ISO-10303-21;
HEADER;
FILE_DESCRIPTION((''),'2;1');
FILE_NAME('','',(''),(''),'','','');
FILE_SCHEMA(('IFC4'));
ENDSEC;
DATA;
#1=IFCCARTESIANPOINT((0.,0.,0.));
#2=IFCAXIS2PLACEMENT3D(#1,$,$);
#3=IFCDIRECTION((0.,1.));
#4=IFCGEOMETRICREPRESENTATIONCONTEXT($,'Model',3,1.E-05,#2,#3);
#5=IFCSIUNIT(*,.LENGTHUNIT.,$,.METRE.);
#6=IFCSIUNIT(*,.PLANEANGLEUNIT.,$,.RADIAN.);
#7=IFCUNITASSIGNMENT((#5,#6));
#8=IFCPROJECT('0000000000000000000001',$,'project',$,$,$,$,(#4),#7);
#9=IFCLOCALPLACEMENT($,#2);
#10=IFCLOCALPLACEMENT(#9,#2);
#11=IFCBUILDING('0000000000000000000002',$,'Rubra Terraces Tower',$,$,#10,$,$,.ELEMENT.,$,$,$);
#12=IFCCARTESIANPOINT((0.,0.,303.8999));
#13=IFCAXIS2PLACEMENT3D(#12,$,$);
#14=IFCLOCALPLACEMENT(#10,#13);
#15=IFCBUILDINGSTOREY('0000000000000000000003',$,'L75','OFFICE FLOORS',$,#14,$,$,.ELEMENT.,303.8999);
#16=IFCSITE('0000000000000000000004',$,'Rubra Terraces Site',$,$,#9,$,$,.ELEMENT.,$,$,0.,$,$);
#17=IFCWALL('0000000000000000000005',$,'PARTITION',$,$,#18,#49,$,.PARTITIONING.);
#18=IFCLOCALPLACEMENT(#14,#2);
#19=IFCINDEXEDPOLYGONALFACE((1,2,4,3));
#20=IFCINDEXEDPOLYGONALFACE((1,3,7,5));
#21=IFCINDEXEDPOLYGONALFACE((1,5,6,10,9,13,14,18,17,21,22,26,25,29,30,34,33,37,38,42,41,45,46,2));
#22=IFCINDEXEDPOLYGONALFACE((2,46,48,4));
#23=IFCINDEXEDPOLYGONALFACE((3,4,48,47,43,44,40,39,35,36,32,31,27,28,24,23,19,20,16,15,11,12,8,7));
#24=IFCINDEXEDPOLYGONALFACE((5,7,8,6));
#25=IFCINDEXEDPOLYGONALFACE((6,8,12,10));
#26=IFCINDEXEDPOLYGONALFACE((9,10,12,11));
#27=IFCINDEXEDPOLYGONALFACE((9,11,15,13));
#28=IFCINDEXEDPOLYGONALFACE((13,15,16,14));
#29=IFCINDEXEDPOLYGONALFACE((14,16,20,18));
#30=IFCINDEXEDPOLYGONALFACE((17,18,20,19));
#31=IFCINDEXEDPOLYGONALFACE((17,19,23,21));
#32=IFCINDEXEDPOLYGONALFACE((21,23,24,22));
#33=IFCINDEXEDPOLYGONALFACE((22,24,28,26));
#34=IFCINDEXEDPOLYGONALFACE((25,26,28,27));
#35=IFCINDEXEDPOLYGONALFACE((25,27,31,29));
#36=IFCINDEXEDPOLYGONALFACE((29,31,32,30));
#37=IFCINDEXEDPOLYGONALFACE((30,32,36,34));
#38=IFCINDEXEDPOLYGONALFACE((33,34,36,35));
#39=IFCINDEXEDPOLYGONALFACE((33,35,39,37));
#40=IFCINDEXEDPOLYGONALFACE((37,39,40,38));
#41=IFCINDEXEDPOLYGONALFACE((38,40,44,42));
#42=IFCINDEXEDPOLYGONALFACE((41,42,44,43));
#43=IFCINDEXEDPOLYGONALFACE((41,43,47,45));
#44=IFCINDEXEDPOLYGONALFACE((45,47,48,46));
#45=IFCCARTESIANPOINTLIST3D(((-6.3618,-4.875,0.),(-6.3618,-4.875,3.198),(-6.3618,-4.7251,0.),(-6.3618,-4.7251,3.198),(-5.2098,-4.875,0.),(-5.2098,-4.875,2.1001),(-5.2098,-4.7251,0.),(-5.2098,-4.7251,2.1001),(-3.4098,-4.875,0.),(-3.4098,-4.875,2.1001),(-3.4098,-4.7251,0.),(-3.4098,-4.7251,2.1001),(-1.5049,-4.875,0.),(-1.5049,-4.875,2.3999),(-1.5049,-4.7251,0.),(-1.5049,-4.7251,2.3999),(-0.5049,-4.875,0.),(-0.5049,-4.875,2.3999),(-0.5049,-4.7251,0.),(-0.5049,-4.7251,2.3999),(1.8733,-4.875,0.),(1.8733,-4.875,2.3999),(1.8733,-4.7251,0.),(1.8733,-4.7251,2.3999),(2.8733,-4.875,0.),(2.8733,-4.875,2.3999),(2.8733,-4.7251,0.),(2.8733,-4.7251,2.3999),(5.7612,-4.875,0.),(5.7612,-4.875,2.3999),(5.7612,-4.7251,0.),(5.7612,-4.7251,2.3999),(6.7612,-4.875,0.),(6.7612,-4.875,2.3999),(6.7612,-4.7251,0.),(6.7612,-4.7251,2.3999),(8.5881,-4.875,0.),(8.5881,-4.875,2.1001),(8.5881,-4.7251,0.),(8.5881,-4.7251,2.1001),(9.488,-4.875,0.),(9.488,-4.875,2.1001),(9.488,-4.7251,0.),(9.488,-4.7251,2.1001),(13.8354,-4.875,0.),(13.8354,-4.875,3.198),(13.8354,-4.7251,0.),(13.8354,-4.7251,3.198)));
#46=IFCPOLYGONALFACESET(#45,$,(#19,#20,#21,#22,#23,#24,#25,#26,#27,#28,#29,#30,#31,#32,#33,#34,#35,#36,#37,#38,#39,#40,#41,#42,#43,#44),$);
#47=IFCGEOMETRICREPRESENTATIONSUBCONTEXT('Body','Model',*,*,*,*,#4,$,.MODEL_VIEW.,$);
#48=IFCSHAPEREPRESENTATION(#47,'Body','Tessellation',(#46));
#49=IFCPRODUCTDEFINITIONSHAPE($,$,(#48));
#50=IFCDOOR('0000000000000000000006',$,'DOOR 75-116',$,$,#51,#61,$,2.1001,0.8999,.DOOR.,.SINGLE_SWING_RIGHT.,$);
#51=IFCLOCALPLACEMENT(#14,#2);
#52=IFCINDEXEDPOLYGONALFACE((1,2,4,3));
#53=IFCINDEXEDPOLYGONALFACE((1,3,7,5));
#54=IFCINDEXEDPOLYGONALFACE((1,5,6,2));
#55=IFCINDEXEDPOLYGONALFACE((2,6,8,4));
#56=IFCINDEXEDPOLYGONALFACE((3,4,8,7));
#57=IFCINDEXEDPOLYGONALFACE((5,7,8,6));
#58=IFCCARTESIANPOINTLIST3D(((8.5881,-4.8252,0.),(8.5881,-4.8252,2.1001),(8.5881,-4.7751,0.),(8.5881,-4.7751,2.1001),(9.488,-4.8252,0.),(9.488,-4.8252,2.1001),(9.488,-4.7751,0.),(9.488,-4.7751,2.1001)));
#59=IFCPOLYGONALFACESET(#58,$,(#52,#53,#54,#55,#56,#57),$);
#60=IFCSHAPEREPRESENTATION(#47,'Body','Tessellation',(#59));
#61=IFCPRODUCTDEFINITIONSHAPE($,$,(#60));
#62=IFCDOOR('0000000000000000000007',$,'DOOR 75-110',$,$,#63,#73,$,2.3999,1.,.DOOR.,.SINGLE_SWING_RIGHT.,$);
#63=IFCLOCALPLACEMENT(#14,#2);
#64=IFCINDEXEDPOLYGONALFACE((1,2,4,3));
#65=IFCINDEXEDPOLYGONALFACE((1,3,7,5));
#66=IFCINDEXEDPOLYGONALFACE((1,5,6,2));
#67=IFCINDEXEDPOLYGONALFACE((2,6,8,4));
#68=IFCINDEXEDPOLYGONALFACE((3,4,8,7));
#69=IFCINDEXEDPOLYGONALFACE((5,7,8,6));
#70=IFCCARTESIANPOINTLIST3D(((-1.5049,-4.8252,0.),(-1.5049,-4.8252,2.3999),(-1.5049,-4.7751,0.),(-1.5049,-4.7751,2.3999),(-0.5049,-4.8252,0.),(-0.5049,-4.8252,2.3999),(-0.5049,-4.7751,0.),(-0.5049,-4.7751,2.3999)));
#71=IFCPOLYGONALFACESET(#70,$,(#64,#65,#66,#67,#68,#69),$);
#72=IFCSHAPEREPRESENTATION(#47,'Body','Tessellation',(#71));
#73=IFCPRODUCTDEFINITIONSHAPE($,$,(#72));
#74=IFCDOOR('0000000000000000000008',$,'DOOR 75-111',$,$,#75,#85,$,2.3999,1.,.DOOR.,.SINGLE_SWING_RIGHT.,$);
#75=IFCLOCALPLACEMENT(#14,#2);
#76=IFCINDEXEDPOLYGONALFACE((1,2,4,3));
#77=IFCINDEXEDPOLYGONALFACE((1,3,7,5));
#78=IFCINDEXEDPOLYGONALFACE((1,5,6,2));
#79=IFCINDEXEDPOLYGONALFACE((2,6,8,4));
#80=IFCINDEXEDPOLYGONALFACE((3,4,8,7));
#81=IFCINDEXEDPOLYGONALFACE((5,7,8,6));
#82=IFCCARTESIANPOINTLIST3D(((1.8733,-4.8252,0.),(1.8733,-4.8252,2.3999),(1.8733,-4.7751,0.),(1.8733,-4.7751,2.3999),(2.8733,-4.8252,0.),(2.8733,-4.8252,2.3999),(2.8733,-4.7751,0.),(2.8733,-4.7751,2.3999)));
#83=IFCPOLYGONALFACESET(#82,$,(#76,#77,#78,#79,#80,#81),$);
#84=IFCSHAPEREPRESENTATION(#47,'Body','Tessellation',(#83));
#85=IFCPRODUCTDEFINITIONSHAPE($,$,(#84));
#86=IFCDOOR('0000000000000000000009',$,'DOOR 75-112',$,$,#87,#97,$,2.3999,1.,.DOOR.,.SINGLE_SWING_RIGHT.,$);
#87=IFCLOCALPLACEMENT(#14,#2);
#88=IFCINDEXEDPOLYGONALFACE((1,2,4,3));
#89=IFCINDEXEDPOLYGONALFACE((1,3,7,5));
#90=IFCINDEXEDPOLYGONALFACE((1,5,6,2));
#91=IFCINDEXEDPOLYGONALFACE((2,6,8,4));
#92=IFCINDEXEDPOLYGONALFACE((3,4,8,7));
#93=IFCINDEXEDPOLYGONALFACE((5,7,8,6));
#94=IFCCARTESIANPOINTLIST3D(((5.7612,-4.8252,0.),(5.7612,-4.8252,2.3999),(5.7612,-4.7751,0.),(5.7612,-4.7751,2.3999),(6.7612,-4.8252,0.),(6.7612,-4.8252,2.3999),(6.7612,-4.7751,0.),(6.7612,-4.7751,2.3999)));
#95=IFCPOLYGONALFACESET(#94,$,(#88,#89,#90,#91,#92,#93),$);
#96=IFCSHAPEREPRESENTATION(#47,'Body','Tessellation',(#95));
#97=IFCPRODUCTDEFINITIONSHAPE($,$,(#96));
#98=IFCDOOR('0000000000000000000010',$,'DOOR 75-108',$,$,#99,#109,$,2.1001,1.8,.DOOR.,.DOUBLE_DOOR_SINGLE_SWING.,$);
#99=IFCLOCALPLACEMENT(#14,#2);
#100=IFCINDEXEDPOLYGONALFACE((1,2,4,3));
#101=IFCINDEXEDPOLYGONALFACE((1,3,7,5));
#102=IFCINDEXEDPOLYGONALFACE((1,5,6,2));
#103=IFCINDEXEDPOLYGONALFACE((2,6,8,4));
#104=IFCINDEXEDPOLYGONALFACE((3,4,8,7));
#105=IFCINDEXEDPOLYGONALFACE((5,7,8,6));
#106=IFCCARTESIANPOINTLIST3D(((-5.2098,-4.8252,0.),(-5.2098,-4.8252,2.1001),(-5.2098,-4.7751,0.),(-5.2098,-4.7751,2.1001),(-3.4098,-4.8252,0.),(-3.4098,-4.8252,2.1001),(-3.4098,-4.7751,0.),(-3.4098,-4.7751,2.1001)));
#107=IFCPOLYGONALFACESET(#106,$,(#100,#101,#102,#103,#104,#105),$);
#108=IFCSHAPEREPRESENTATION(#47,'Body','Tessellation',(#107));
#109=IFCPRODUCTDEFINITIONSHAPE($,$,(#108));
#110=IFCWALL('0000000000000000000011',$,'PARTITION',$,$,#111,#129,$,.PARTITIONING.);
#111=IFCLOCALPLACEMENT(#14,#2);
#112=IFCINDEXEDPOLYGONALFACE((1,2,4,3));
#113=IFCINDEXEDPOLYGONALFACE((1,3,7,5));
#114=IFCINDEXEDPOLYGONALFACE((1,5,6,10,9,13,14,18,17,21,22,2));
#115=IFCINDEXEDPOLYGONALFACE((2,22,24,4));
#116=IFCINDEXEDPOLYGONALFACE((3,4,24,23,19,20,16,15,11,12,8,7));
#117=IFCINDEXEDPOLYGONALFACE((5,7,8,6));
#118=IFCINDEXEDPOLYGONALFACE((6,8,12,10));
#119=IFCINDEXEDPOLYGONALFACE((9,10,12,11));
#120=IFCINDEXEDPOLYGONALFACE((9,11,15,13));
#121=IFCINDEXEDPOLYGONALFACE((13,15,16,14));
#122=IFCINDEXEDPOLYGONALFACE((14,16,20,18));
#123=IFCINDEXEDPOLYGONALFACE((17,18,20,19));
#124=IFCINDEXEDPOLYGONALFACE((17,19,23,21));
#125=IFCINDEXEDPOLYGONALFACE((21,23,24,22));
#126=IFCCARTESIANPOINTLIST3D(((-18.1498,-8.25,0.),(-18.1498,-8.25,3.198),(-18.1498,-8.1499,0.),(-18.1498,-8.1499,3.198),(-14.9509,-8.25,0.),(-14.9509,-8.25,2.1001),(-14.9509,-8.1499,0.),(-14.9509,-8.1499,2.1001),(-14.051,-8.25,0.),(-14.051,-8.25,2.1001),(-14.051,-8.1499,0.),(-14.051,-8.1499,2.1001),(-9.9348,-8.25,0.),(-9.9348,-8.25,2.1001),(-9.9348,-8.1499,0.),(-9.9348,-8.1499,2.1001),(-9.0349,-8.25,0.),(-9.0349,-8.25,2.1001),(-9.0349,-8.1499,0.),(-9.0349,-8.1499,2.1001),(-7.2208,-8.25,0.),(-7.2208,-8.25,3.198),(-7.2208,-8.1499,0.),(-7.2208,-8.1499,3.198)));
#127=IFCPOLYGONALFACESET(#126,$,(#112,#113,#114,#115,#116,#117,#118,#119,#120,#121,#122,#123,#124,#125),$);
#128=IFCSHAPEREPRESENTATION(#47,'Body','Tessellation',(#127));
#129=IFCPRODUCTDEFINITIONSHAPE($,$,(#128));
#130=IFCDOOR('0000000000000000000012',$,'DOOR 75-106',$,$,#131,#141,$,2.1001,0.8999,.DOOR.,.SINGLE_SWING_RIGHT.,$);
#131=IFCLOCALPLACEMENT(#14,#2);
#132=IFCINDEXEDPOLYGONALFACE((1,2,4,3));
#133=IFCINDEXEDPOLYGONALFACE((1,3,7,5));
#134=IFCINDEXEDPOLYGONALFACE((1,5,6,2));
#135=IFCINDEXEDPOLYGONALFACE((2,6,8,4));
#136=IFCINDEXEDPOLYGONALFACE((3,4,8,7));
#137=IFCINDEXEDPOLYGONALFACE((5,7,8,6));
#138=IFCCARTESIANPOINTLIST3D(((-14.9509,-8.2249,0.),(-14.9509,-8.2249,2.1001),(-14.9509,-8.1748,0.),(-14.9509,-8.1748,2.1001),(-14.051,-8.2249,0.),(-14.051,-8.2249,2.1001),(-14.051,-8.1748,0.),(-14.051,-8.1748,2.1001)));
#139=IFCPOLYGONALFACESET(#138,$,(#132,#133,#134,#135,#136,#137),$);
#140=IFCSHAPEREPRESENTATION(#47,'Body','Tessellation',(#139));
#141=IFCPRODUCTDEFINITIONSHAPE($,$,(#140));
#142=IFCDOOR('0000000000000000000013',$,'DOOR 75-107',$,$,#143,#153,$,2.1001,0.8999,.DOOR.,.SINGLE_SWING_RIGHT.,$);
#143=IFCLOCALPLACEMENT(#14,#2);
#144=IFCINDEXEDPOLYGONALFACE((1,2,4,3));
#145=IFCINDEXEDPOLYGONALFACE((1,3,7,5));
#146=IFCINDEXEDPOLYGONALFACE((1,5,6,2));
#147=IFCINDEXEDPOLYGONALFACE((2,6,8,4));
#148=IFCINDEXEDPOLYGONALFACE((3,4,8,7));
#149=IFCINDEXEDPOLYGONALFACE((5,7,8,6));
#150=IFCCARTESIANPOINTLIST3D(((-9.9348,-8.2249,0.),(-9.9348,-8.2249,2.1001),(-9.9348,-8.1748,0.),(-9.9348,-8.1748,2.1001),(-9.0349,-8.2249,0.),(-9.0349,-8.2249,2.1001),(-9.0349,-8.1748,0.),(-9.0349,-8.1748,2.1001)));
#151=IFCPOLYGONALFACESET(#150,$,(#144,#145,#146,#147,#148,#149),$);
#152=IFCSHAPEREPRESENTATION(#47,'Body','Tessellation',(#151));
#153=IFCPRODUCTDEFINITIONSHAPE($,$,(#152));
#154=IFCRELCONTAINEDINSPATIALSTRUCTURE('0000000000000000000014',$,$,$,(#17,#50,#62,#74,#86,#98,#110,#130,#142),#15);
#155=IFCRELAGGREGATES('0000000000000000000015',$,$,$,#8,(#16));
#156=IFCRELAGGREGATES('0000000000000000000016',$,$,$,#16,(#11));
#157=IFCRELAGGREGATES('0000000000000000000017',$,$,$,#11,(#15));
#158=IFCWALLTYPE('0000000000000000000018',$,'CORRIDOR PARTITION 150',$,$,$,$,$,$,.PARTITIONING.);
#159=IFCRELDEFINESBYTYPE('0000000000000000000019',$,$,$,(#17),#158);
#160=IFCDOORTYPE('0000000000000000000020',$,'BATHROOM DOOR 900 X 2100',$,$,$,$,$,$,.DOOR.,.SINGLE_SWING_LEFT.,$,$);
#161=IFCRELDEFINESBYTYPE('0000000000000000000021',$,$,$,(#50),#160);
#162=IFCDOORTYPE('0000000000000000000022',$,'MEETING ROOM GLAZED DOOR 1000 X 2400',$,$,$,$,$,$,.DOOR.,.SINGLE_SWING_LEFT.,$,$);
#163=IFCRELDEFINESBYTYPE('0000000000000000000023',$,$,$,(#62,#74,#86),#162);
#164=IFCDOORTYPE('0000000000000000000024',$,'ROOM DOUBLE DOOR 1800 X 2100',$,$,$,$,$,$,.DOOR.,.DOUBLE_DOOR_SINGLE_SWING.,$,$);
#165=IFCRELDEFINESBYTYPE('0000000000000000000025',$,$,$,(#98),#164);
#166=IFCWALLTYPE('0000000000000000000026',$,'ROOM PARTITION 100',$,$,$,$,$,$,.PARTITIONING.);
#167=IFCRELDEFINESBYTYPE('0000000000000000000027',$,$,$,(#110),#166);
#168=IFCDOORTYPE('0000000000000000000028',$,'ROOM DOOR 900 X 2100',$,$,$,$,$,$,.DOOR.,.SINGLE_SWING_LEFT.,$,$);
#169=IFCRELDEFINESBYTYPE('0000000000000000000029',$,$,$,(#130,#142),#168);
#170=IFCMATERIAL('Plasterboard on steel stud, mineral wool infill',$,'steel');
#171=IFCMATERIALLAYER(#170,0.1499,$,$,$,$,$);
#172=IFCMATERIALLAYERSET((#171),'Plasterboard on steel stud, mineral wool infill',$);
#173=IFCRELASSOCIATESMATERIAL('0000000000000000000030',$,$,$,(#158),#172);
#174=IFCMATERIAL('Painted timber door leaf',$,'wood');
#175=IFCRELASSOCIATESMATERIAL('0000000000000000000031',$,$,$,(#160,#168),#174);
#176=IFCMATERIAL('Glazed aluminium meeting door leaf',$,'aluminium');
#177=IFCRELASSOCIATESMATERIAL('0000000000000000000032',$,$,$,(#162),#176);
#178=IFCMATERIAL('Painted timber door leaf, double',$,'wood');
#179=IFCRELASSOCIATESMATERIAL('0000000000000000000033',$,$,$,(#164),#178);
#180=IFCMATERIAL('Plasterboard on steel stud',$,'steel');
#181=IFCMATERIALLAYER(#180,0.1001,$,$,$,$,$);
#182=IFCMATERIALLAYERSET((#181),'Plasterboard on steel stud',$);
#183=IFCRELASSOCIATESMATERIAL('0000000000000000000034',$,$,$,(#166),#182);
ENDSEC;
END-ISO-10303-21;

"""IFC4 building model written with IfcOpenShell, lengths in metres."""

from ifc_helpers import new_model, si_unit, direction, frame, frame_2d, origin, place, context, subcontext, project, spatial, rectangle, extrude, material, layer, layer_set, type_object, element, fill, save


model = new_model("IFC4")

# Units and contexts
model_context = context("Model", 3, precision=1e-05, world=origin(), true_north=direction((0.0, 1.0)))
body_context = subcontext(model_context, "Body", "Model", "MODEL_VIEW")
ifc_project = project(units=[si_unit("LENGTHUNIT", "METRE"), si_unit("PLANEANGLEUNIT", "RADIAN")], contexts=[model_context])

# Site, building, storey
site_placement = place(None, origin())
site = spatial("IfcSite", under=ifc_project, at=site_placement, Name="Rubra Terraces Site", CompositionType="ELEMENT", RefElevation=0.0)
building_placement = place(site_placement, origin())
building = spatial("IfcBuilding", under=site, at=building_placement, Name="Rubra Terraces Tower", CompositionType="ELEMENT")
storey_placement = place(building_placement, frame((0.0, 0.0, 303.8999)))
storey = spatial("IfcBuildingStorey", under=building, at=storey_placement, Name="L75", Description="OFFICE FLOORS", CompositionType="ELEMENT", Elevation=303.8999)

# Walls, openings, doors
ifc_material_1 = material(Name="Plasterboard on steel stud, mineral wool infill", Category="steel")
ifc_layer_1 = layer(ifc_material_1, 0.1499)
ifc_layer_set_1 = layer_set([ifc_layer_1], Name="Plasterboard on steel stud, mineral wool infill")
wall_type_1 = type_object("IfcWallType", Name="CORRIDOR PARTITION 150", PredefinedType="PARTITIONING", material=ifc_layer_set_1)
wall_1_placement = place(storey_placement, frame((-6.3618, -4.8, 0.0), z_axis=(0.0, 0.0, 1.0), x_axis=(1.0, 0.0, 0.0)))
wall_1 = element("IfcWall", 1, at=wall_1_placement, inside=storey, type_object=wall_type_1, Name="PARTITION", PredefinedType="PARTITIONING", context=body_context, shape_type="SweptSolid", body=[
    extrude(rectangle(XDim=20.1973, YDim=0.1499, at=frame_2d((10.0986, 0.0))), origin(), (0.0, 0.0, 1.0), 3.198),
])
opening_1_placement = place(wall_1_placement, frame((1.1521, 0.0, 0.0)))
opening_1 = element("IfcOpeningElement", 2, at=opening_1_placement, cuts=wall_1, PredefinedType="OPENING", context=body_context, shape_type="SweptSolid", body=[
    extrude(rectangle(XDim=1.8, YDim=2.1001, at=frame_2d((0.8999, 1.05))), frame((0.0, 0.085, 0.0), z_axis=(0.0, -1.0, 0.0), x_axis=(1.0, 0.0, 0.0)), (0.0, 0.0, 1.0), 0.1699),
])
opening_2_placement = place(wall_1_placement, frame((4.8569, 0.0, 0.0)))
opening_2 = element("IfcOpeningElement", 3, at=opening_2_placement, cuts=wall_1, PredefinedType="OPENING", context=body_context, shape_type="SweptSolid", body=[
    extrude(rectangle(XDim=1.0, YDim=2.3999, at=frame_2d((0.5, 1.2))), frame((0.0, 0.085, 0.0), z_axis=(0.0, -1.0, 0.0), x_axis=(1.0, 0.0, 0.0)), (0.0, 0.0, 1.0), 0.1699),
])
opening_3_placement = place(wall_1_placement, frame((8.2351, 0.0, 0.0)))
opening_3 = element("IfcOpeningElement", 4, at=opening_3_placement, cuts=wall_1, PredefinedType="OPENING", context=body_context, shape_type="SweptSolid", body=[
    extrude(rectangle(XDim=1.0, YDim=2.3999, at=frame_2d((0.5, 1.2))), frame((0.0, 0.085, 0.0), z_axis=(0.0, -1.0, 0.0), x_axis=(1.0, 0.0, 0.0)), (0.0, 0.0, 1.0), 0.1699),
])
opening_4_placement = place(wall_1_placement, frame((12.123, 0.0, 0.0)))
opening_4 = element("IfcOpeningElement", 5, at=opening_4_placement, cuts=wall_1, PredefinedType="OPENING", context=body_context, shape_type="SweptSolid", body=[
    extrude(rectangle(XDim=1.0, YDim=2.3999, at=frame_2d((0.5, 1.2))), frame((0.0, 0.085, 0.0), z_axis=(0.0, -1.0, 0.0), x_axis=(1.0, 0.0, 0.0)), (0.0, 0.0, 1.0), 0.1699),
])
opening_5_placement = place(wall_1_placement, frame((14.95, 0.0, 0.0)))
opening_5 = element("IfcOpeningElement", 6, at=opening_5_placement, cuts=wall_1, PredefinedType="OPENING", context=body_context, shape_type="SweptSolid", body=[
    extrude(rectangle(XDim=0.8999, YDim=2.1001, at=frame_2d((0.45, 1.05))), frame((0.0, 0.085, 0.0), z_axis=(0.0, -1.0, 0.0), x_axis=(1.0, 0.0, 0.0)), (0.0, 0.0, 1.0), 0.1699),
])
ifc_material_2 = material(Name="Painted timber door leaf", Category="wood")
door_type_1 = type_object("IfcDoorType", Name="BATHROOM DOOR 900 X 2100", OperationType="SINGLE_SWING_LEFT", PredefinedType="DOOR", material=ifc_material_2)
door_1_placement = place(opening_5_placement, origin())
door_1 = element("IfcDoor", 7, at=door_1_placement, inside=storey, type_object=door_type_1, Name="DOOR 75-116", OperationType="SINGLE_SWING_RIGHT", OverallHeight=2.1001, OverallWidth=0.8999, PredefinedType="DOOR", context=body_context, shape_type="SweptSolid", body=[
    extrude(rectangle(XDim=0.8999, YDim=2.1001, at=frame_2d((0.45, 1.05))), frame((0.0, 0.0249, 0.0), z_axis=(0.0, -1.0, 0.0), x_axis=(1.0, 0.0, 0.0)), (0.0, 0.0, 1.0), 0.05),
])
fill(opening_5, door_1)
ifc_material_3 = material(Name="Glazed aluminium meeting door leaf", Category="aluminium")
door_type_2 = type_object("IfcDoorType", Name="MEETING ROOM GLAZED DOOR 1000 X 2400", OperationType="SINGLE_SWING_LEFT", PredefinedType="DOOR", material=ifc_material_3)
door_2_placement = place(opening_2_placement, origin())
door_2 = element("IfcDoor", 8, at=door_2_placement, inside=storey, type_object=door_type_2, Name="DOOR 75-110", OperationType="SINGLE_SWING_RIGHT", OverallHeight=2.3999, OverallWidth=1.0, PredefinedType="DOOR", context=body_context, shape_type="SweptSolid", body=[
    extrude(rectangle(XDim=1.0, YDim=2.3999, at=frame_2d((0.5, 1.2))), frame((0.0, 0.0249, 0.0), z_axis=(0.0, -1.0, 0.0), x_axis=(1.0, 0.0, 0.0)), (0.0, 0.0, 1.0), 0.05),
])
fill(opening_2, door_2)
door_3_placement = place(opening_3_placement, origin())
door_3 = element("IfcDoor", 9, at=door_3_placement, inside=storey, type_object=door_type_2, Name="DOOR 75-111", OperationType="SINGLE_SWING_RIGHT", OverallHeight=2.3999, OverallWidth=1.0, PredefinedType="DOOR", context=body_context, shape_type="SweptSolid", body=[
    extrude(rectangle(XDim=1.0, YDim=2.3999, at=frame_2d((0.5, 1.2))), frame((0.0, 0.0249, 0.0), z_axis=(0.0, -1.0, 0.0), x_axis=(1.0, 0.0, 0.0)), (0.0, 0.0, 1.0), 0.05),
])
fill(opening_3, door_3)
door_4_placement = place(opening_4_placement, origin())
door_4 = element("IfcDoor", 10, at=door_4_placement, inside=storey, type_object=door_type_2, Name="DOOR 75-112", OperationType="SINGLE_SWING_RIGHT", OverallHeight=2.3999, OverallWidth=1.0, PredefinedType="DOOR", context=body_context, shape_type="SweptSolid", body=[
    extrude(rectangle(XDim=1.0, YDim=2.3999, at=frame_2d((0.5, 1.2))), frame((0.0, 0.0249, 0.0), z_axis=(0.0, -1.0, 0.0), x_axis=(1.0, 0.0, 0.0)), (0.0, 0.0, 1.0), 0.05),
])
fill(opening_4, door_4)
ifc_material_4 = material(Name="Painted timber door leaf, double", Category="wood")
door_type_3 = type_object("IfcDoorType", Name="ROOM DOUBLE DOOR 1800 X 2100", OperationType="DOUBLE_DOOR_SINGLE_SWING", PredefinedType="DOOR", material=ifc_material_4)
door_5_placement = place(opening_1_placement, origin())
door_5 = element("IfcDoor", 11, at=door_5_placement, inside=storey, type_object=door_type_3, Name="DOOR 75-108", OperationType="DOUBLE_DOOR_SINGLE_SWING", OverallHeight=2.1001, OverallWidth=1.8, PredefinedType="DOOR", context=body_context, shape_type="SweptSolid", body=[
    extrude(rectangle(XDim=1.8, YDim=2.1001, at=frame_2d((0.8999, 1.05))), frame((0.0, 0.0249, 0.0), z_axis=(0.0, -1.0, 0.0), x_axis=(1.0, 0.0, 0.0)), (0.0, 0.0, 1.0), 0.05),
])
fill(opening_1, door_5)
ifc_material_5 = material(Name="Plasterboard on steel stud", Category="steel")
ifc_layer_2 = layer(ifc_material_5, 0.1001)
ifc_layer_set_2 = layer_set([ifc_layer_2], Name="Plasterboard on steel stud")
wall_type_2 = type_object("IfcWallType", Name="ROOM PARTITION 100", PredefinedType="PARTITIONING", material=ifc_layer_set_2)
wall_2_placement = place(storey_placement, frame((-7.2209, -8.2, 0.0), z_axis=(0.0, 0.0, 1.0), x_axis=(-1.0, 0.0, 0.0)))
wall_2 = element("IfcWall", 12, at=wall_2_placement, inside=storey, type_object=wall_type_2, Name="PARTITION", PredefinedType="PARTITIONING", context=body_context, shape_type="SweptSolid", body=[
    extrude(rectangle(XDim=10.929, YDim=0.1001, at=frame_2d((5.4644, 0.0))), origin(), (0.0, 0.0, 1.0), 3.198),
])
opening_6_placement = place(wall_2_placement, frame((6.8301, 0.0, 0.0)))
opening_6 = element("IfcOpeningElement", 13, at=opening_6_placement, cuts=wall_2, PredefinedType="OPENING", context=body_context, shape_type="SweptSolid", body=[
    extrude(rectangle(XDim=0.8999, YDim=2.1001, at=frame_2d((0.45, 1.05))), frame((0.0, 0.0601, 0.0), z_axis=(0.0, -1.0, 0.0), x_axis=(1.0, 0.0, 0.0)), (0.0, 0.0, 1.0), 0.1201),
])
opening_7_placement = place(wall_2_placement, frame((1.814, 0.0, 0.0)))
opening_7 = element("IfcOpeningElement", 14, at=opening_7_placement, cuts=wall_2, PredefinedType="OPENING", context=body_context, shape_type="SweptSolid", body=[
    extrude(rectangle(XDim=0.8999, YDim=2.1001, at=frame_2d((0.45, 1.05))), frame((0.0, 0.0601, 0.0), z_axis=(0.0, -1.0, 0.0), x_axis=(1.0, 0.0, 0.0)), (0.0, 0.0, 1.0), 0.1201),
])
door_type_4 = type_object("IfcDoorType", Name="ROOM DOOR 900 X 2100", OperationType="SINGLE_SWING_LEFT", PredefinedType="DOOR", material=ifc_material_2)
door_6_placement = place(opening_6_placement, origin())
door_6 = element("IfcDoor", 15, at=door_6_placement, inside=storey, type_object=door_type_4, Name="DOOR 75-106", OperationType="SINGLE_SWING_RIGHT", OverallHeight=2.1001, OverallWidth=0.8999, PredefinedType="DOOR", context=body_context, shape_type="SweptSolid", body=[
    extrude(rectangle(XDim=0.8999, YDim=2.1001, at=frame_2d((0.45, 1.05))), frame((0.0, 0.0249, 0.0), z_axis=(0.0, -1.0, 0.0), x_axis=(1.0, 0.0, 0.0)), (0.0, 0.0, 1.0), 0.05),
])
fill(opening_6, door_6)
door_7_placement = place(opening_7_placement, origin())
door_7 = element("IfcDoor", 16, at=door_7_placement, inside=storey, type_object=door_type_4, Name="DOOR 75-107", OperationType="SINGLE_SWING_RIGHT", OverallHeight=2.1001, OverallWidth=0.8999, PredefinedType="DOOR", context=body_context, shape_type="SweptSolid", body=[
    extrude(rectangle(XDim=0.8999, YDim=2.1001, at=frame_2d((0.45, 1.05))), frame((0.0, 0.0249, 0.0), z_axis=(0.0, -1.0, 0.0), x_axis=(1.0, 0.0, 0.0)), (0.0, 0.0, 1.0), 0.05),
])
fill(opening_7, door_7)

save(model, "model.ifc")
